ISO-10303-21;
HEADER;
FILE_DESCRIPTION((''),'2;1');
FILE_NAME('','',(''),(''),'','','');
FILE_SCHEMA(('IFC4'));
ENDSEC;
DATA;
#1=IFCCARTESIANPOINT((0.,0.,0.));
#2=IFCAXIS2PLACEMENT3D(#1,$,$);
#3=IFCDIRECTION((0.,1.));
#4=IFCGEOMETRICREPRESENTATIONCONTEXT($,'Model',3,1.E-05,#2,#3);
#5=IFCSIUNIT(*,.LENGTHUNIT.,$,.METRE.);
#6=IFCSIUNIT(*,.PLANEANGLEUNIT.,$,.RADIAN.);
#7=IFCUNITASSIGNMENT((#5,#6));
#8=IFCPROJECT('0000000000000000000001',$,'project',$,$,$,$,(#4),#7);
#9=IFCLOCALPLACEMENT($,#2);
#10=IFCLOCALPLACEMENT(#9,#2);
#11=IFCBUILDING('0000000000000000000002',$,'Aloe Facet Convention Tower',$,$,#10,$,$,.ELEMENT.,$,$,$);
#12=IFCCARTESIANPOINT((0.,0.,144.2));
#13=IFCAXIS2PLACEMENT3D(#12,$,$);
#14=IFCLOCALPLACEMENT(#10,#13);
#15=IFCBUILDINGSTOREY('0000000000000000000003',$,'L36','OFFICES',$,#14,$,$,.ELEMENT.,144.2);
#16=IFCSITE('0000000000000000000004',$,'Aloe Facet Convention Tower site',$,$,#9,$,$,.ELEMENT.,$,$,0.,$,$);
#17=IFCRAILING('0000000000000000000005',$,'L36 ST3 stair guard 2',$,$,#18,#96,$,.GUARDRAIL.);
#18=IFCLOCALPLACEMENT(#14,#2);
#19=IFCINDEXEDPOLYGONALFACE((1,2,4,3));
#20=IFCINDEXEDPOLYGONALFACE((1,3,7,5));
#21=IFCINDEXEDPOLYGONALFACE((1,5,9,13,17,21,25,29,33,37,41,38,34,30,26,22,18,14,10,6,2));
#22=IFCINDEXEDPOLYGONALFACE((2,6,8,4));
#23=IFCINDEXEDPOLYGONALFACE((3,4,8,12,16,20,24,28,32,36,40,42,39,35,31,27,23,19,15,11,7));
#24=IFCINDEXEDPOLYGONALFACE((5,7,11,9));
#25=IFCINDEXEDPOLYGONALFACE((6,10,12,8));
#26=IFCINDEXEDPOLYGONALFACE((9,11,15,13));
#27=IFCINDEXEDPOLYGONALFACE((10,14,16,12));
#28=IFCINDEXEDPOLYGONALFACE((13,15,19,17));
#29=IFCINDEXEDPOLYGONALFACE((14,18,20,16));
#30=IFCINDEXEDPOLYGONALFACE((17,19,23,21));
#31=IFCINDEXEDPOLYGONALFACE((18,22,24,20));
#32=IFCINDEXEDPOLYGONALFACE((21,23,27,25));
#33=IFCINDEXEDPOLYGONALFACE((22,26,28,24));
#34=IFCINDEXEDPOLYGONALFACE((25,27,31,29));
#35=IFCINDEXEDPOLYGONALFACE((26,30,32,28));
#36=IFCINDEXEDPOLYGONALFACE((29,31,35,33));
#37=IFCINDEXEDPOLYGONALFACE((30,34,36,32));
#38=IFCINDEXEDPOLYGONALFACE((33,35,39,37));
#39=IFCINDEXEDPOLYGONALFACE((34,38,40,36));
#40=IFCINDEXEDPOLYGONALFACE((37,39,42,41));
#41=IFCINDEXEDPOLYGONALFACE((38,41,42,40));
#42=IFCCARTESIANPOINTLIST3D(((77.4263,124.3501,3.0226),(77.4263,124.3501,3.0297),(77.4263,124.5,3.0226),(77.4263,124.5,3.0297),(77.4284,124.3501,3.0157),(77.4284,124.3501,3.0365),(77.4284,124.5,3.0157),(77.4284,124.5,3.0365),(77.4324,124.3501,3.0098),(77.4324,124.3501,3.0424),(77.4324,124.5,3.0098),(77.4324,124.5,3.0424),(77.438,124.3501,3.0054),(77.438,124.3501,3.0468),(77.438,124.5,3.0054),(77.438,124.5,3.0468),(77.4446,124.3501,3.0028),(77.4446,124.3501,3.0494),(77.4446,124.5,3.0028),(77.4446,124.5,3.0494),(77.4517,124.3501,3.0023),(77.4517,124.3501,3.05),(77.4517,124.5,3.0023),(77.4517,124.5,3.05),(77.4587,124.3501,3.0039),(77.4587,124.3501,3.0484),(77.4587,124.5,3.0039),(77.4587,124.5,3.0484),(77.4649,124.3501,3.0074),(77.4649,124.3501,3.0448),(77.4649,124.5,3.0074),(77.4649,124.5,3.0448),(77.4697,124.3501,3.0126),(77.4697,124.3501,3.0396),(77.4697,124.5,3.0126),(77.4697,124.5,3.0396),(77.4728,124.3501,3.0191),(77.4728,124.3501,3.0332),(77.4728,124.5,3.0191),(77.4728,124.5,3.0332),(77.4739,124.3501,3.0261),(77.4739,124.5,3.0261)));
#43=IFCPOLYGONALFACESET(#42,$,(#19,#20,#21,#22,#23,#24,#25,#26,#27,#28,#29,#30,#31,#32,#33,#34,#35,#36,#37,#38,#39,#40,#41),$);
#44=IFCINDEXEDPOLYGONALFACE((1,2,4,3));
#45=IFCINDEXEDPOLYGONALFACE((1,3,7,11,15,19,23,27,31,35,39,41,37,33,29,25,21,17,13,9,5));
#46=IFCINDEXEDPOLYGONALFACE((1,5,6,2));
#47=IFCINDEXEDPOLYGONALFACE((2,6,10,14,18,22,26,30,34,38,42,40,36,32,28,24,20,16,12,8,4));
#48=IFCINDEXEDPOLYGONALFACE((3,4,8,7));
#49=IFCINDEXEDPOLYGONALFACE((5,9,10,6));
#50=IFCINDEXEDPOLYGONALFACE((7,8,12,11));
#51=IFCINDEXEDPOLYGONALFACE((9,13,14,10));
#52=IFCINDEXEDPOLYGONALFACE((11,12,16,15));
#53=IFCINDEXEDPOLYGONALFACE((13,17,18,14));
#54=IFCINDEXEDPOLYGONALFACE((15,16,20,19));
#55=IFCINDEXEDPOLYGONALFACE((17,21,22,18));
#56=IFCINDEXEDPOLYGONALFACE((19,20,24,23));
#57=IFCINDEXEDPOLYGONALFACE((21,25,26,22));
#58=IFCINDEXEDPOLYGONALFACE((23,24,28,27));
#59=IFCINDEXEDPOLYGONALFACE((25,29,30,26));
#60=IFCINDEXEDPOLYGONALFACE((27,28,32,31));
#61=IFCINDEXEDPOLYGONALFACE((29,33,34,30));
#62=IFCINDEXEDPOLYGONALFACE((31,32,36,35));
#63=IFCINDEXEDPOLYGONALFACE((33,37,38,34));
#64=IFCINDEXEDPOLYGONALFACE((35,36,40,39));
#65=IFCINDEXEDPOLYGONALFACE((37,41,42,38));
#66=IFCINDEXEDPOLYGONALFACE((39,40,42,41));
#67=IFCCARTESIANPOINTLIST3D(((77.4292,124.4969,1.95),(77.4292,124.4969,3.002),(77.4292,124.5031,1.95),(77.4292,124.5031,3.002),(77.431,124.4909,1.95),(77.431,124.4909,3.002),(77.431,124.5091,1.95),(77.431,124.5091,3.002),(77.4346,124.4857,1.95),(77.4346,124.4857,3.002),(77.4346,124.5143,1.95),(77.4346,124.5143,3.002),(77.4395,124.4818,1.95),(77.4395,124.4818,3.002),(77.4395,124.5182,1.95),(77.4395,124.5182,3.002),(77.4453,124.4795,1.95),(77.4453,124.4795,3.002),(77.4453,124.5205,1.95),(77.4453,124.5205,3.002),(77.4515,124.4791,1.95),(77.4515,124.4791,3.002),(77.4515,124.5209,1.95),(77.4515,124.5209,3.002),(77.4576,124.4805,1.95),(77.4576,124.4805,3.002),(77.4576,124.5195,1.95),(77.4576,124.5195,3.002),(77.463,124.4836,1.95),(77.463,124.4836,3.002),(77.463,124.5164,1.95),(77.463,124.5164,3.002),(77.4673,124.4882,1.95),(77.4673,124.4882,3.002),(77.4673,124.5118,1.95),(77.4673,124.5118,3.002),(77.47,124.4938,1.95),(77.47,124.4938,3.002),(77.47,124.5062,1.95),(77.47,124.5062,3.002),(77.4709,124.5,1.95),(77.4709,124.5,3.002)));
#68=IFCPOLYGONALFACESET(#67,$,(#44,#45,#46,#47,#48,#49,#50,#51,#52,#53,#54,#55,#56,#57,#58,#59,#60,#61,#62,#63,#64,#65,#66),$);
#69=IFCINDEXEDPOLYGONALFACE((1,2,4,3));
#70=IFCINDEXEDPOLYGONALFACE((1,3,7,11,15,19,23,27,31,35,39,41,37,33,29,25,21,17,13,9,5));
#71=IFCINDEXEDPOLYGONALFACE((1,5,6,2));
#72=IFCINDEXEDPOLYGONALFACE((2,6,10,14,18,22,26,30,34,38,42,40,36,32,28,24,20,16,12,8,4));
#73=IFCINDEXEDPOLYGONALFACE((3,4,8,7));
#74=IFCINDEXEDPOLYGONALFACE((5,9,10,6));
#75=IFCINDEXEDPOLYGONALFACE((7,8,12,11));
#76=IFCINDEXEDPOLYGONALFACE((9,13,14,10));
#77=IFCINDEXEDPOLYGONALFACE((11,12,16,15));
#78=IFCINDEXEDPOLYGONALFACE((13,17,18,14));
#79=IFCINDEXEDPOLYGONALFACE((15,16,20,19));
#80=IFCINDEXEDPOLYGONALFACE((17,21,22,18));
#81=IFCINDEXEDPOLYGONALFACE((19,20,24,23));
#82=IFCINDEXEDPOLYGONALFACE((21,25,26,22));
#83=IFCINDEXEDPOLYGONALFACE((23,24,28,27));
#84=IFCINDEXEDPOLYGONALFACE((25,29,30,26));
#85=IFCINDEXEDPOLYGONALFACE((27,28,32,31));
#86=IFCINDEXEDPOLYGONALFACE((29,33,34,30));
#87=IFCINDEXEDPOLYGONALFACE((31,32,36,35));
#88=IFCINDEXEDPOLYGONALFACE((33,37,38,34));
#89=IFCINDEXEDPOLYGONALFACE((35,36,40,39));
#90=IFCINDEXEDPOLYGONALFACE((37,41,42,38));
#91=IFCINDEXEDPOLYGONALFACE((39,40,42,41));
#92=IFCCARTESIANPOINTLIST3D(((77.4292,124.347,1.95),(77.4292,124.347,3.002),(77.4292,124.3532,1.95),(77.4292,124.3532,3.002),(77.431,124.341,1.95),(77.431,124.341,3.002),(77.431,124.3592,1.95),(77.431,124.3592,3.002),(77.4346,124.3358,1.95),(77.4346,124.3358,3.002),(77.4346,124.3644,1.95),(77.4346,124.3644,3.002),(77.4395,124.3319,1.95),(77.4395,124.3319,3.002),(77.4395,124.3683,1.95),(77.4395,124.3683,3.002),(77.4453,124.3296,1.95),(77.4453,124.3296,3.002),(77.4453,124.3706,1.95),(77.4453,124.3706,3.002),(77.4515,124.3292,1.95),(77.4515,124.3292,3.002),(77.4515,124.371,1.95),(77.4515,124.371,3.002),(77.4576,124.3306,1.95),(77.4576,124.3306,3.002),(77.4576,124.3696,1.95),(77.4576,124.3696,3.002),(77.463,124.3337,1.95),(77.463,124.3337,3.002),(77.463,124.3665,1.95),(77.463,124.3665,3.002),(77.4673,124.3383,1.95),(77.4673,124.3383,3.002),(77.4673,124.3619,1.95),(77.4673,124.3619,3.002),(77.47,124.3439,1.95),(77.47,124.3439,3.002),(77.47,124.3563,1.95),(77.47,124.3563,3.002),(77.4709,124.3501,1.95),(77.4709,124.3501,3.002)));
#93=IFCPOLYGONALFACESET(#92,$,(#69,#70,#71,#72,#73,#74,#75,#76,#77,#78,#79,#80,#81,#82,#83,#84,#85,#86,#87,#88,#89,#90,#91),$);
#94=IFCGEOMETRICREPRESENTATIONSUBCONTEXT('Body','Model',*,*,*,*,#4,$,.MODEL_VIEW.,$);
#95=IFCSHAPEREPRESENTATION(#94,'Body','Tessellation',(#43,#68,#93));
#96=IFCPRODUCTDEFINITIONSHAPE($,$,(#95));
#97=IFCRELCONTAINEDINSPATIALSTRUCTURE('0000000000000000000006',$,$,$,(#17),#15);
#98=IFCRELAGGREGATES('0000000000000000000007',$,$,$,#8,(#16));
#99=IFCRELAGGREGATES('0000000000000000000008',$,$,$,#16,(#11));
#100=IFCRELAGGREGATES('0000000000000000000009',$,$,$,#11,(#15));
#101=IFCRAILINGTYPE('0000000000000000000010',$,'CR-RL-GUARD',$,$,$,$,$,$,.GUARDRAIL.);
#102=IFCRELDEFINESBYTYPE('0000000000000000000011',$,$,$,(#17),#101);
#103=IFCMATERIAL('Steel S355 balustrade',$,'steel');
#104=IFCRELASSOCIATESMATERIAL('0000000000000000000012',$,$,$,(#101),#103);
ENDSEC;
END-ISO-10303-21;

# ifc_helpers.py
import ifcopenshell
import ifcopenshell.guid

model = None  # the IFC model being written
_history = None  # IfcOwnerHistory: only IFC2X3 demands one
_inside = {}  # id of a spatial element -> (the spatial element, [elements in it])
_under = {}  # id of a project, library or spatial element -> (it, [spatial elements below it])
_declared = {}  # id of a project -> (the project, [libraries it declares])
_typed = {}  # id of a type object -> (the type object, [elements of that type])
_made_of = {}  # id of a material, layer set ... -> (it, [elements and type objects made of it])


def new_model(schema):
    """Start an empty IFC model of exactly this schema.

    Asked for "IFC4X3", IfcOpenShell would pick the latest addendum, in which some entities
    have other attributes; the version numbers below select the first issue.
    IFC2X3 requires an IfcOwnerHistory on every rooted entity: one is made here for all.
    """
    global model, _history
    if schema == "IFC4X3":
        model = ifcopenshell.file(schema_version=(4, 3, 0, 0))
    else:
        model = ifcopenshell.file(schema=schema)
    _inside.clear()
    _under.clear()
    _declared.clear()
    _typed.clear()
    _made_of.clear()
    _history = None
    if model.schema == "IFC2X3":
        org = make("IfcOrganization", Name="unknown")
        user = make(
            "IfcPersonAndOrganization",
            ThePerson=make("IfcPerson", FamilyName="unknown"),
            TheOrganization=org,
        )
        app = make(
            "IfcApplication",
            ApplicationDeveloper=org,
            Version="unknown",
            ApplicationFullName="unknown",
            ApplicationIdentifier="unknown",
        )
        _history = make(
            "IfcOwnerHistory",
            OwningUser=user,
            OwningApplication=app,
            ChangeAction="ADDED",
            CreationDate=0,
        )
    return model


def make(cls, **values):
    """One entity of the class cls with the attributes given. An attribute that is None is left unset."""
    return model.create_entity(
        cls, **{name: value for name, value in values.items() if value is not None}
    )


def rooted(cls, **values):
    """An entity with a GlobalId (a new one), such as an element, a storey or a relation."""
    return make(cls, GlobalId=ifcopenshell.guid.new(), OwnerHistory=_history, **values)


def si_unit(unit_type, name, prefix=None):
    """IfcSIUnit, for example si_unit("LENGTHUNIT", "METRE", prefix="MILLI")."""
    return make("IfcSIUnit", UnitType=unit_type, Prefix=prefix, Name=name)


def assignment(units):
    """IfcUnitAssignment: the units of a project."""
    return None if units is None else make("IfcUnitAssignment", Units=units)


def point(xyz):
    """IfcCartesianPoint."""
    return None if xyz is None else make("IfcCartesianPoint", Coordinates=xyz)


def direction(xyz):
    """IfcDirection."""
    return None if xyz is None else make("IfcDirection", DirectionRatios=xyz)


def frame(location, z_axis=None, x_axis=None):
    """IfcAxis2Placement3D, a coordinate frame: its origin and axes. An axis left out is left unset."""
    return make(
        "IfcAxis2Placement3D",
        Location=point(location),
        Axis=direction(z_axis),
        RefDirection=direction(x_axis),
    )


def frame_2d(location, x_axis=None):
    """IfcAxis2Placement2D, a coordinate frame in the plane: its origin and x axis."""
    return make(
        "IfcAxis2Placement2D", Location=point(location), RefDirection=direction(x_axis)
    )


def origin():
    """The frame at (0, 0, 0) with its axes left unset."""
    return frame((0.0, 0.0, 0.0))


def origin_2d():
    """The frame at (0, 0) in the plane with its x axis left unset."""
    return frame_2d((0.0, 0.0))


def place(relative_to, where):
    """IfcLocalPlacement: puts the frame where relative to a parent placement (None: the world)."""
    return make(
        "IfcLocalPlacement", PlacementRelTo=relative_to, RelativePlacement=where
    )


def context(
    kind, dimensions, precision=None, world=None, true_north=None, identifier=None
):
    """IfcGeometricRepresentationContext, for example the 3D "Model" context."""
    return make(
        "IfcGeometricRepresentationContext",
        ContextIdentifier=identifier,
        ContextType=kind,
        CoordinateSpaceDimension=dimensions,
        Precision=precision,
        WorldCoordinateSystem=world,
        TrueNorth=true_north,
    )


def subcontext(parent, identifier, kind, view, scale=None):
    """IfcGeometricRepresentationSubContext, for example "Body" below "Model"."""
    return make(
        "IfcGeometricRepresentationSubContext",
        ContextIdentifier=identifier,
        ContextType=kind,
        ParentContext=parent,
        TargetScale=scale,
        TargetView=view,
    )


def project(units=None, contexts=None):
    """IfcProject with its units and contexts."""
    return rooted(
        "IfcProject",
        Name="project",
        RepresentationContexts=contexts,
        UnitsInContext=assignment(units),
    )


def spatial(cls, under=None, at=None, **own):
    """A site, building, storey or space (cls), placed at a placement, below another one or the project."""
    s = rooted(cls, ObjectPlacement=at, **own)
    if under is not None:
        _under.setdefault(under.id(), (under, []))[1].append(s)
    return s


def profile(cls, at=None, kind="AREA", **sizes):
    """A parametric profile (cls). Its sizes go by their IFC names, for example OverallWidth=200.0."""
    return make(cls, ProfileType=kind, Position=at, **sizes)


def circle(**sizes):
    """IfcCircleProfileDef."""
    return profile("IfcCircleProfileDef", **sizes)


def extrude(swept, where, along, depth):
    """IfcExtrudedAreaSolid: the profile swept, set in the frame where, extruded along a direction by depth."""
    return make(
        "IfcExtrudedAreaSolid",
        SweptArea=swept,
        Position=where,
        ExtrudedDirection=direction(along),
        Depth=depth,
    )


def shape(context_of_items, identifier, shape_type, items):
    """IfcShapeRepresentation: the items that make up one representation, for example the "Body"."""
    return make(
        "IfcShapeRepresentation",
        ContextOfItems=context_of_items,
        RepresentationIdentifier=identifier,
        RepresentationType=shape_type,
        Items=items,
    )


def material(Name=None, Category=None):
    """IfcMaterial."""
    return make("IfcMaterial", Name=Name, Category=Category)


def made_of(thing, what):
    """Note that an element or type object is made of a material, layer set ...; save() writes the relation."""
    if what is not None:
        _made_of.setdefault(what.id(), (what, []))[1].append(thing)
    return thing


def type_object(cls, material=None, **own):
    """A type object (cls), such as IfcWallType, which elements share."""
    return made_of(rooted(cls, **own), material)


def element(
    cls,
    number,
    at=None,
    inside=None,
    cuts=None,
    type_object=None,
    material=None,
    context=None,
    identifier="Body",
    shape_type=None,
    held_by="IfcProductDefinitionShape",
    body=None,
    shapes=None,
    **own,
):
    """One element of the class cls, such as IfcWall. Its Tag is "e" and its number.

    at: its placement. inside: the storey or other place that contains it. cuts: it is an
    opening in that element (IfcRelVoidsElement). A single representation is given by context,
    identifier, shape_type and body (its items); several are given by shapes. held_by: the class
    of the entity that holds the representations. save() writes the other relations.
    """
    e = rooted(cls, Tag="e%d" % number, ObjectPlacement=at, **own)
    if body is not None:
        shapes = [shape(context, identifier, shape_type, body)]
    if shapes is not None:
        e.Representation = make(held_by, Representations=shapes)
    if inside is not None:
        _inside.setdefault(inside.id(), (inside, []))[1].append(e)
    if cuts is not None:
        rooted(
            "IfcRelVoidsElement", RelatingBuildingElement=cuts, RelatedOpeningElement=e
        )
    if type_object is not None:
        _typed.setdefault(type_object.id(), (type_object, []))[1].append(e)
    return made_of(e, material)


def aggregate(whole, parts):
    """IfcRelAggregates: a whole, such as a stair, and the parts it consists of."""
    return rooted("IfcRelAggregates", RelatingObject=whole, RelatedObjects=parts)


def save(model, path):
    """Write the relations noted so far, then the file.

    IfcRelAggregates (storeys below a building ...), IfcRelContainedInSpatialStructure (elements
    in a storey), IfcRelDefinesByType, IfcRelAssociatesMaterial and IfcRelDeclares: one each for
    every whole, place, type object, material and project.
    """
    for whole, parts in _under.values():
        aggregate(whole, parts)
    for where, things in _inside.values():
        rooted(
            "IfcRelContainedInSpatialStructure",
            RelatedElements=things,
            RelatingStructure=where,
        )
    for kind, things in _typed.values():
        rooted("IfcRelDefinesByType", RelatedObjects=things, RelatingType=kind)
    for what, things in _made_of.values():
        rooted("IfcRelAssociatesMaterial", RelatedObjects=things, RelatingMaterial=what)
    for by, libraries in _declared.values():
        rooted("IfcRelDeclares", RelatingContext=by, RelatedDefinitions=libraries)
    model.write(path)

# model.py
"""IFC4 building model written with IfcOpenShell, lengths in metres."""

from ifc_helpers import new_model, si_unit, direction, frame, origin, origin_2d, place, context, subcontext, project, spatial, circle, extrude, material, type_object, element, save


model = new_model("IFC4")

# Units and contexts
model_context = context("Model", 3, precision=1e-05, world=origin(), true_north=direction((0.0, 1.0)))
body_context = subcontext(model_context, "Body", "Model", "MODEL_VIEW")
ifc_project = project(units=[si_unit("LENGTHUNIT", "METRE"), si_unit("PLANEANGLEUNIT", "RADIAN")], contexts=[model_context])

# Site, building, storey
site_placement = place(None, origin())
site = spatial("IfcSite", under=ifc_project, at=site_placement, Name="Aloe Facet Convention Tower site", CompositionType="ELEMENT", RefElevation=0.0)
building_placement = place(site_placement, origin())
building = spatial("IfcBuilding", under=site, at=building_placement, Name="Aloe Facet Convention Tower", CompositionType="ELEMENT")
storey_placement = place(building_placement, frame((0.0, 0.0, 144.2)))
storey = spatial("IfcBuildingStorey", under=building, at=storey_placement, Name="L36", Description="OFFICES", CompositionType="ELEMENT", Elevation=144.2)

# Railing
ifc_material_1 = material(Name="Steel S355 balustrade", Category="steel")
railing_type_1 = type_object("IfcRailingType", Name="CR-RL-GUARD", PredefinedType="GUARDRAIL", material=ifc_material_1)
railing_1_placement = place(storey_placement, frame((77.45, 124.5, 1.95)))
element("IfcRailing", 1, at=railing_1_placement, inside=storey, type_object=railing_type_1, Name="L36 ST3 stair guard 2", PredefinedType="GUARDRAIL", context=body_context, shape_type="SweptSolid", body=[
    extrude(circle(Radius=0.0239, at=origin_2d()), frame((0.0, 0.0, 1.0762), z_axis=(0.0, -1.0, 0.0), x_axis=(1.0, 0.0, 0.0)), (0.0, 0.0, 1.0), 0.1499),
    extrude(circle(Radius=0.021, at=origin_2d()), origin(), (0.0, 0.0, 1.0), 1.052),
    extrude(circle(Radius=0.021, at=origin_2d()), frame((0.0, -0.1499, 0.0)), (0.0, 0.0, 1.0), 1.052),
])

save(model, "model.ifc")
